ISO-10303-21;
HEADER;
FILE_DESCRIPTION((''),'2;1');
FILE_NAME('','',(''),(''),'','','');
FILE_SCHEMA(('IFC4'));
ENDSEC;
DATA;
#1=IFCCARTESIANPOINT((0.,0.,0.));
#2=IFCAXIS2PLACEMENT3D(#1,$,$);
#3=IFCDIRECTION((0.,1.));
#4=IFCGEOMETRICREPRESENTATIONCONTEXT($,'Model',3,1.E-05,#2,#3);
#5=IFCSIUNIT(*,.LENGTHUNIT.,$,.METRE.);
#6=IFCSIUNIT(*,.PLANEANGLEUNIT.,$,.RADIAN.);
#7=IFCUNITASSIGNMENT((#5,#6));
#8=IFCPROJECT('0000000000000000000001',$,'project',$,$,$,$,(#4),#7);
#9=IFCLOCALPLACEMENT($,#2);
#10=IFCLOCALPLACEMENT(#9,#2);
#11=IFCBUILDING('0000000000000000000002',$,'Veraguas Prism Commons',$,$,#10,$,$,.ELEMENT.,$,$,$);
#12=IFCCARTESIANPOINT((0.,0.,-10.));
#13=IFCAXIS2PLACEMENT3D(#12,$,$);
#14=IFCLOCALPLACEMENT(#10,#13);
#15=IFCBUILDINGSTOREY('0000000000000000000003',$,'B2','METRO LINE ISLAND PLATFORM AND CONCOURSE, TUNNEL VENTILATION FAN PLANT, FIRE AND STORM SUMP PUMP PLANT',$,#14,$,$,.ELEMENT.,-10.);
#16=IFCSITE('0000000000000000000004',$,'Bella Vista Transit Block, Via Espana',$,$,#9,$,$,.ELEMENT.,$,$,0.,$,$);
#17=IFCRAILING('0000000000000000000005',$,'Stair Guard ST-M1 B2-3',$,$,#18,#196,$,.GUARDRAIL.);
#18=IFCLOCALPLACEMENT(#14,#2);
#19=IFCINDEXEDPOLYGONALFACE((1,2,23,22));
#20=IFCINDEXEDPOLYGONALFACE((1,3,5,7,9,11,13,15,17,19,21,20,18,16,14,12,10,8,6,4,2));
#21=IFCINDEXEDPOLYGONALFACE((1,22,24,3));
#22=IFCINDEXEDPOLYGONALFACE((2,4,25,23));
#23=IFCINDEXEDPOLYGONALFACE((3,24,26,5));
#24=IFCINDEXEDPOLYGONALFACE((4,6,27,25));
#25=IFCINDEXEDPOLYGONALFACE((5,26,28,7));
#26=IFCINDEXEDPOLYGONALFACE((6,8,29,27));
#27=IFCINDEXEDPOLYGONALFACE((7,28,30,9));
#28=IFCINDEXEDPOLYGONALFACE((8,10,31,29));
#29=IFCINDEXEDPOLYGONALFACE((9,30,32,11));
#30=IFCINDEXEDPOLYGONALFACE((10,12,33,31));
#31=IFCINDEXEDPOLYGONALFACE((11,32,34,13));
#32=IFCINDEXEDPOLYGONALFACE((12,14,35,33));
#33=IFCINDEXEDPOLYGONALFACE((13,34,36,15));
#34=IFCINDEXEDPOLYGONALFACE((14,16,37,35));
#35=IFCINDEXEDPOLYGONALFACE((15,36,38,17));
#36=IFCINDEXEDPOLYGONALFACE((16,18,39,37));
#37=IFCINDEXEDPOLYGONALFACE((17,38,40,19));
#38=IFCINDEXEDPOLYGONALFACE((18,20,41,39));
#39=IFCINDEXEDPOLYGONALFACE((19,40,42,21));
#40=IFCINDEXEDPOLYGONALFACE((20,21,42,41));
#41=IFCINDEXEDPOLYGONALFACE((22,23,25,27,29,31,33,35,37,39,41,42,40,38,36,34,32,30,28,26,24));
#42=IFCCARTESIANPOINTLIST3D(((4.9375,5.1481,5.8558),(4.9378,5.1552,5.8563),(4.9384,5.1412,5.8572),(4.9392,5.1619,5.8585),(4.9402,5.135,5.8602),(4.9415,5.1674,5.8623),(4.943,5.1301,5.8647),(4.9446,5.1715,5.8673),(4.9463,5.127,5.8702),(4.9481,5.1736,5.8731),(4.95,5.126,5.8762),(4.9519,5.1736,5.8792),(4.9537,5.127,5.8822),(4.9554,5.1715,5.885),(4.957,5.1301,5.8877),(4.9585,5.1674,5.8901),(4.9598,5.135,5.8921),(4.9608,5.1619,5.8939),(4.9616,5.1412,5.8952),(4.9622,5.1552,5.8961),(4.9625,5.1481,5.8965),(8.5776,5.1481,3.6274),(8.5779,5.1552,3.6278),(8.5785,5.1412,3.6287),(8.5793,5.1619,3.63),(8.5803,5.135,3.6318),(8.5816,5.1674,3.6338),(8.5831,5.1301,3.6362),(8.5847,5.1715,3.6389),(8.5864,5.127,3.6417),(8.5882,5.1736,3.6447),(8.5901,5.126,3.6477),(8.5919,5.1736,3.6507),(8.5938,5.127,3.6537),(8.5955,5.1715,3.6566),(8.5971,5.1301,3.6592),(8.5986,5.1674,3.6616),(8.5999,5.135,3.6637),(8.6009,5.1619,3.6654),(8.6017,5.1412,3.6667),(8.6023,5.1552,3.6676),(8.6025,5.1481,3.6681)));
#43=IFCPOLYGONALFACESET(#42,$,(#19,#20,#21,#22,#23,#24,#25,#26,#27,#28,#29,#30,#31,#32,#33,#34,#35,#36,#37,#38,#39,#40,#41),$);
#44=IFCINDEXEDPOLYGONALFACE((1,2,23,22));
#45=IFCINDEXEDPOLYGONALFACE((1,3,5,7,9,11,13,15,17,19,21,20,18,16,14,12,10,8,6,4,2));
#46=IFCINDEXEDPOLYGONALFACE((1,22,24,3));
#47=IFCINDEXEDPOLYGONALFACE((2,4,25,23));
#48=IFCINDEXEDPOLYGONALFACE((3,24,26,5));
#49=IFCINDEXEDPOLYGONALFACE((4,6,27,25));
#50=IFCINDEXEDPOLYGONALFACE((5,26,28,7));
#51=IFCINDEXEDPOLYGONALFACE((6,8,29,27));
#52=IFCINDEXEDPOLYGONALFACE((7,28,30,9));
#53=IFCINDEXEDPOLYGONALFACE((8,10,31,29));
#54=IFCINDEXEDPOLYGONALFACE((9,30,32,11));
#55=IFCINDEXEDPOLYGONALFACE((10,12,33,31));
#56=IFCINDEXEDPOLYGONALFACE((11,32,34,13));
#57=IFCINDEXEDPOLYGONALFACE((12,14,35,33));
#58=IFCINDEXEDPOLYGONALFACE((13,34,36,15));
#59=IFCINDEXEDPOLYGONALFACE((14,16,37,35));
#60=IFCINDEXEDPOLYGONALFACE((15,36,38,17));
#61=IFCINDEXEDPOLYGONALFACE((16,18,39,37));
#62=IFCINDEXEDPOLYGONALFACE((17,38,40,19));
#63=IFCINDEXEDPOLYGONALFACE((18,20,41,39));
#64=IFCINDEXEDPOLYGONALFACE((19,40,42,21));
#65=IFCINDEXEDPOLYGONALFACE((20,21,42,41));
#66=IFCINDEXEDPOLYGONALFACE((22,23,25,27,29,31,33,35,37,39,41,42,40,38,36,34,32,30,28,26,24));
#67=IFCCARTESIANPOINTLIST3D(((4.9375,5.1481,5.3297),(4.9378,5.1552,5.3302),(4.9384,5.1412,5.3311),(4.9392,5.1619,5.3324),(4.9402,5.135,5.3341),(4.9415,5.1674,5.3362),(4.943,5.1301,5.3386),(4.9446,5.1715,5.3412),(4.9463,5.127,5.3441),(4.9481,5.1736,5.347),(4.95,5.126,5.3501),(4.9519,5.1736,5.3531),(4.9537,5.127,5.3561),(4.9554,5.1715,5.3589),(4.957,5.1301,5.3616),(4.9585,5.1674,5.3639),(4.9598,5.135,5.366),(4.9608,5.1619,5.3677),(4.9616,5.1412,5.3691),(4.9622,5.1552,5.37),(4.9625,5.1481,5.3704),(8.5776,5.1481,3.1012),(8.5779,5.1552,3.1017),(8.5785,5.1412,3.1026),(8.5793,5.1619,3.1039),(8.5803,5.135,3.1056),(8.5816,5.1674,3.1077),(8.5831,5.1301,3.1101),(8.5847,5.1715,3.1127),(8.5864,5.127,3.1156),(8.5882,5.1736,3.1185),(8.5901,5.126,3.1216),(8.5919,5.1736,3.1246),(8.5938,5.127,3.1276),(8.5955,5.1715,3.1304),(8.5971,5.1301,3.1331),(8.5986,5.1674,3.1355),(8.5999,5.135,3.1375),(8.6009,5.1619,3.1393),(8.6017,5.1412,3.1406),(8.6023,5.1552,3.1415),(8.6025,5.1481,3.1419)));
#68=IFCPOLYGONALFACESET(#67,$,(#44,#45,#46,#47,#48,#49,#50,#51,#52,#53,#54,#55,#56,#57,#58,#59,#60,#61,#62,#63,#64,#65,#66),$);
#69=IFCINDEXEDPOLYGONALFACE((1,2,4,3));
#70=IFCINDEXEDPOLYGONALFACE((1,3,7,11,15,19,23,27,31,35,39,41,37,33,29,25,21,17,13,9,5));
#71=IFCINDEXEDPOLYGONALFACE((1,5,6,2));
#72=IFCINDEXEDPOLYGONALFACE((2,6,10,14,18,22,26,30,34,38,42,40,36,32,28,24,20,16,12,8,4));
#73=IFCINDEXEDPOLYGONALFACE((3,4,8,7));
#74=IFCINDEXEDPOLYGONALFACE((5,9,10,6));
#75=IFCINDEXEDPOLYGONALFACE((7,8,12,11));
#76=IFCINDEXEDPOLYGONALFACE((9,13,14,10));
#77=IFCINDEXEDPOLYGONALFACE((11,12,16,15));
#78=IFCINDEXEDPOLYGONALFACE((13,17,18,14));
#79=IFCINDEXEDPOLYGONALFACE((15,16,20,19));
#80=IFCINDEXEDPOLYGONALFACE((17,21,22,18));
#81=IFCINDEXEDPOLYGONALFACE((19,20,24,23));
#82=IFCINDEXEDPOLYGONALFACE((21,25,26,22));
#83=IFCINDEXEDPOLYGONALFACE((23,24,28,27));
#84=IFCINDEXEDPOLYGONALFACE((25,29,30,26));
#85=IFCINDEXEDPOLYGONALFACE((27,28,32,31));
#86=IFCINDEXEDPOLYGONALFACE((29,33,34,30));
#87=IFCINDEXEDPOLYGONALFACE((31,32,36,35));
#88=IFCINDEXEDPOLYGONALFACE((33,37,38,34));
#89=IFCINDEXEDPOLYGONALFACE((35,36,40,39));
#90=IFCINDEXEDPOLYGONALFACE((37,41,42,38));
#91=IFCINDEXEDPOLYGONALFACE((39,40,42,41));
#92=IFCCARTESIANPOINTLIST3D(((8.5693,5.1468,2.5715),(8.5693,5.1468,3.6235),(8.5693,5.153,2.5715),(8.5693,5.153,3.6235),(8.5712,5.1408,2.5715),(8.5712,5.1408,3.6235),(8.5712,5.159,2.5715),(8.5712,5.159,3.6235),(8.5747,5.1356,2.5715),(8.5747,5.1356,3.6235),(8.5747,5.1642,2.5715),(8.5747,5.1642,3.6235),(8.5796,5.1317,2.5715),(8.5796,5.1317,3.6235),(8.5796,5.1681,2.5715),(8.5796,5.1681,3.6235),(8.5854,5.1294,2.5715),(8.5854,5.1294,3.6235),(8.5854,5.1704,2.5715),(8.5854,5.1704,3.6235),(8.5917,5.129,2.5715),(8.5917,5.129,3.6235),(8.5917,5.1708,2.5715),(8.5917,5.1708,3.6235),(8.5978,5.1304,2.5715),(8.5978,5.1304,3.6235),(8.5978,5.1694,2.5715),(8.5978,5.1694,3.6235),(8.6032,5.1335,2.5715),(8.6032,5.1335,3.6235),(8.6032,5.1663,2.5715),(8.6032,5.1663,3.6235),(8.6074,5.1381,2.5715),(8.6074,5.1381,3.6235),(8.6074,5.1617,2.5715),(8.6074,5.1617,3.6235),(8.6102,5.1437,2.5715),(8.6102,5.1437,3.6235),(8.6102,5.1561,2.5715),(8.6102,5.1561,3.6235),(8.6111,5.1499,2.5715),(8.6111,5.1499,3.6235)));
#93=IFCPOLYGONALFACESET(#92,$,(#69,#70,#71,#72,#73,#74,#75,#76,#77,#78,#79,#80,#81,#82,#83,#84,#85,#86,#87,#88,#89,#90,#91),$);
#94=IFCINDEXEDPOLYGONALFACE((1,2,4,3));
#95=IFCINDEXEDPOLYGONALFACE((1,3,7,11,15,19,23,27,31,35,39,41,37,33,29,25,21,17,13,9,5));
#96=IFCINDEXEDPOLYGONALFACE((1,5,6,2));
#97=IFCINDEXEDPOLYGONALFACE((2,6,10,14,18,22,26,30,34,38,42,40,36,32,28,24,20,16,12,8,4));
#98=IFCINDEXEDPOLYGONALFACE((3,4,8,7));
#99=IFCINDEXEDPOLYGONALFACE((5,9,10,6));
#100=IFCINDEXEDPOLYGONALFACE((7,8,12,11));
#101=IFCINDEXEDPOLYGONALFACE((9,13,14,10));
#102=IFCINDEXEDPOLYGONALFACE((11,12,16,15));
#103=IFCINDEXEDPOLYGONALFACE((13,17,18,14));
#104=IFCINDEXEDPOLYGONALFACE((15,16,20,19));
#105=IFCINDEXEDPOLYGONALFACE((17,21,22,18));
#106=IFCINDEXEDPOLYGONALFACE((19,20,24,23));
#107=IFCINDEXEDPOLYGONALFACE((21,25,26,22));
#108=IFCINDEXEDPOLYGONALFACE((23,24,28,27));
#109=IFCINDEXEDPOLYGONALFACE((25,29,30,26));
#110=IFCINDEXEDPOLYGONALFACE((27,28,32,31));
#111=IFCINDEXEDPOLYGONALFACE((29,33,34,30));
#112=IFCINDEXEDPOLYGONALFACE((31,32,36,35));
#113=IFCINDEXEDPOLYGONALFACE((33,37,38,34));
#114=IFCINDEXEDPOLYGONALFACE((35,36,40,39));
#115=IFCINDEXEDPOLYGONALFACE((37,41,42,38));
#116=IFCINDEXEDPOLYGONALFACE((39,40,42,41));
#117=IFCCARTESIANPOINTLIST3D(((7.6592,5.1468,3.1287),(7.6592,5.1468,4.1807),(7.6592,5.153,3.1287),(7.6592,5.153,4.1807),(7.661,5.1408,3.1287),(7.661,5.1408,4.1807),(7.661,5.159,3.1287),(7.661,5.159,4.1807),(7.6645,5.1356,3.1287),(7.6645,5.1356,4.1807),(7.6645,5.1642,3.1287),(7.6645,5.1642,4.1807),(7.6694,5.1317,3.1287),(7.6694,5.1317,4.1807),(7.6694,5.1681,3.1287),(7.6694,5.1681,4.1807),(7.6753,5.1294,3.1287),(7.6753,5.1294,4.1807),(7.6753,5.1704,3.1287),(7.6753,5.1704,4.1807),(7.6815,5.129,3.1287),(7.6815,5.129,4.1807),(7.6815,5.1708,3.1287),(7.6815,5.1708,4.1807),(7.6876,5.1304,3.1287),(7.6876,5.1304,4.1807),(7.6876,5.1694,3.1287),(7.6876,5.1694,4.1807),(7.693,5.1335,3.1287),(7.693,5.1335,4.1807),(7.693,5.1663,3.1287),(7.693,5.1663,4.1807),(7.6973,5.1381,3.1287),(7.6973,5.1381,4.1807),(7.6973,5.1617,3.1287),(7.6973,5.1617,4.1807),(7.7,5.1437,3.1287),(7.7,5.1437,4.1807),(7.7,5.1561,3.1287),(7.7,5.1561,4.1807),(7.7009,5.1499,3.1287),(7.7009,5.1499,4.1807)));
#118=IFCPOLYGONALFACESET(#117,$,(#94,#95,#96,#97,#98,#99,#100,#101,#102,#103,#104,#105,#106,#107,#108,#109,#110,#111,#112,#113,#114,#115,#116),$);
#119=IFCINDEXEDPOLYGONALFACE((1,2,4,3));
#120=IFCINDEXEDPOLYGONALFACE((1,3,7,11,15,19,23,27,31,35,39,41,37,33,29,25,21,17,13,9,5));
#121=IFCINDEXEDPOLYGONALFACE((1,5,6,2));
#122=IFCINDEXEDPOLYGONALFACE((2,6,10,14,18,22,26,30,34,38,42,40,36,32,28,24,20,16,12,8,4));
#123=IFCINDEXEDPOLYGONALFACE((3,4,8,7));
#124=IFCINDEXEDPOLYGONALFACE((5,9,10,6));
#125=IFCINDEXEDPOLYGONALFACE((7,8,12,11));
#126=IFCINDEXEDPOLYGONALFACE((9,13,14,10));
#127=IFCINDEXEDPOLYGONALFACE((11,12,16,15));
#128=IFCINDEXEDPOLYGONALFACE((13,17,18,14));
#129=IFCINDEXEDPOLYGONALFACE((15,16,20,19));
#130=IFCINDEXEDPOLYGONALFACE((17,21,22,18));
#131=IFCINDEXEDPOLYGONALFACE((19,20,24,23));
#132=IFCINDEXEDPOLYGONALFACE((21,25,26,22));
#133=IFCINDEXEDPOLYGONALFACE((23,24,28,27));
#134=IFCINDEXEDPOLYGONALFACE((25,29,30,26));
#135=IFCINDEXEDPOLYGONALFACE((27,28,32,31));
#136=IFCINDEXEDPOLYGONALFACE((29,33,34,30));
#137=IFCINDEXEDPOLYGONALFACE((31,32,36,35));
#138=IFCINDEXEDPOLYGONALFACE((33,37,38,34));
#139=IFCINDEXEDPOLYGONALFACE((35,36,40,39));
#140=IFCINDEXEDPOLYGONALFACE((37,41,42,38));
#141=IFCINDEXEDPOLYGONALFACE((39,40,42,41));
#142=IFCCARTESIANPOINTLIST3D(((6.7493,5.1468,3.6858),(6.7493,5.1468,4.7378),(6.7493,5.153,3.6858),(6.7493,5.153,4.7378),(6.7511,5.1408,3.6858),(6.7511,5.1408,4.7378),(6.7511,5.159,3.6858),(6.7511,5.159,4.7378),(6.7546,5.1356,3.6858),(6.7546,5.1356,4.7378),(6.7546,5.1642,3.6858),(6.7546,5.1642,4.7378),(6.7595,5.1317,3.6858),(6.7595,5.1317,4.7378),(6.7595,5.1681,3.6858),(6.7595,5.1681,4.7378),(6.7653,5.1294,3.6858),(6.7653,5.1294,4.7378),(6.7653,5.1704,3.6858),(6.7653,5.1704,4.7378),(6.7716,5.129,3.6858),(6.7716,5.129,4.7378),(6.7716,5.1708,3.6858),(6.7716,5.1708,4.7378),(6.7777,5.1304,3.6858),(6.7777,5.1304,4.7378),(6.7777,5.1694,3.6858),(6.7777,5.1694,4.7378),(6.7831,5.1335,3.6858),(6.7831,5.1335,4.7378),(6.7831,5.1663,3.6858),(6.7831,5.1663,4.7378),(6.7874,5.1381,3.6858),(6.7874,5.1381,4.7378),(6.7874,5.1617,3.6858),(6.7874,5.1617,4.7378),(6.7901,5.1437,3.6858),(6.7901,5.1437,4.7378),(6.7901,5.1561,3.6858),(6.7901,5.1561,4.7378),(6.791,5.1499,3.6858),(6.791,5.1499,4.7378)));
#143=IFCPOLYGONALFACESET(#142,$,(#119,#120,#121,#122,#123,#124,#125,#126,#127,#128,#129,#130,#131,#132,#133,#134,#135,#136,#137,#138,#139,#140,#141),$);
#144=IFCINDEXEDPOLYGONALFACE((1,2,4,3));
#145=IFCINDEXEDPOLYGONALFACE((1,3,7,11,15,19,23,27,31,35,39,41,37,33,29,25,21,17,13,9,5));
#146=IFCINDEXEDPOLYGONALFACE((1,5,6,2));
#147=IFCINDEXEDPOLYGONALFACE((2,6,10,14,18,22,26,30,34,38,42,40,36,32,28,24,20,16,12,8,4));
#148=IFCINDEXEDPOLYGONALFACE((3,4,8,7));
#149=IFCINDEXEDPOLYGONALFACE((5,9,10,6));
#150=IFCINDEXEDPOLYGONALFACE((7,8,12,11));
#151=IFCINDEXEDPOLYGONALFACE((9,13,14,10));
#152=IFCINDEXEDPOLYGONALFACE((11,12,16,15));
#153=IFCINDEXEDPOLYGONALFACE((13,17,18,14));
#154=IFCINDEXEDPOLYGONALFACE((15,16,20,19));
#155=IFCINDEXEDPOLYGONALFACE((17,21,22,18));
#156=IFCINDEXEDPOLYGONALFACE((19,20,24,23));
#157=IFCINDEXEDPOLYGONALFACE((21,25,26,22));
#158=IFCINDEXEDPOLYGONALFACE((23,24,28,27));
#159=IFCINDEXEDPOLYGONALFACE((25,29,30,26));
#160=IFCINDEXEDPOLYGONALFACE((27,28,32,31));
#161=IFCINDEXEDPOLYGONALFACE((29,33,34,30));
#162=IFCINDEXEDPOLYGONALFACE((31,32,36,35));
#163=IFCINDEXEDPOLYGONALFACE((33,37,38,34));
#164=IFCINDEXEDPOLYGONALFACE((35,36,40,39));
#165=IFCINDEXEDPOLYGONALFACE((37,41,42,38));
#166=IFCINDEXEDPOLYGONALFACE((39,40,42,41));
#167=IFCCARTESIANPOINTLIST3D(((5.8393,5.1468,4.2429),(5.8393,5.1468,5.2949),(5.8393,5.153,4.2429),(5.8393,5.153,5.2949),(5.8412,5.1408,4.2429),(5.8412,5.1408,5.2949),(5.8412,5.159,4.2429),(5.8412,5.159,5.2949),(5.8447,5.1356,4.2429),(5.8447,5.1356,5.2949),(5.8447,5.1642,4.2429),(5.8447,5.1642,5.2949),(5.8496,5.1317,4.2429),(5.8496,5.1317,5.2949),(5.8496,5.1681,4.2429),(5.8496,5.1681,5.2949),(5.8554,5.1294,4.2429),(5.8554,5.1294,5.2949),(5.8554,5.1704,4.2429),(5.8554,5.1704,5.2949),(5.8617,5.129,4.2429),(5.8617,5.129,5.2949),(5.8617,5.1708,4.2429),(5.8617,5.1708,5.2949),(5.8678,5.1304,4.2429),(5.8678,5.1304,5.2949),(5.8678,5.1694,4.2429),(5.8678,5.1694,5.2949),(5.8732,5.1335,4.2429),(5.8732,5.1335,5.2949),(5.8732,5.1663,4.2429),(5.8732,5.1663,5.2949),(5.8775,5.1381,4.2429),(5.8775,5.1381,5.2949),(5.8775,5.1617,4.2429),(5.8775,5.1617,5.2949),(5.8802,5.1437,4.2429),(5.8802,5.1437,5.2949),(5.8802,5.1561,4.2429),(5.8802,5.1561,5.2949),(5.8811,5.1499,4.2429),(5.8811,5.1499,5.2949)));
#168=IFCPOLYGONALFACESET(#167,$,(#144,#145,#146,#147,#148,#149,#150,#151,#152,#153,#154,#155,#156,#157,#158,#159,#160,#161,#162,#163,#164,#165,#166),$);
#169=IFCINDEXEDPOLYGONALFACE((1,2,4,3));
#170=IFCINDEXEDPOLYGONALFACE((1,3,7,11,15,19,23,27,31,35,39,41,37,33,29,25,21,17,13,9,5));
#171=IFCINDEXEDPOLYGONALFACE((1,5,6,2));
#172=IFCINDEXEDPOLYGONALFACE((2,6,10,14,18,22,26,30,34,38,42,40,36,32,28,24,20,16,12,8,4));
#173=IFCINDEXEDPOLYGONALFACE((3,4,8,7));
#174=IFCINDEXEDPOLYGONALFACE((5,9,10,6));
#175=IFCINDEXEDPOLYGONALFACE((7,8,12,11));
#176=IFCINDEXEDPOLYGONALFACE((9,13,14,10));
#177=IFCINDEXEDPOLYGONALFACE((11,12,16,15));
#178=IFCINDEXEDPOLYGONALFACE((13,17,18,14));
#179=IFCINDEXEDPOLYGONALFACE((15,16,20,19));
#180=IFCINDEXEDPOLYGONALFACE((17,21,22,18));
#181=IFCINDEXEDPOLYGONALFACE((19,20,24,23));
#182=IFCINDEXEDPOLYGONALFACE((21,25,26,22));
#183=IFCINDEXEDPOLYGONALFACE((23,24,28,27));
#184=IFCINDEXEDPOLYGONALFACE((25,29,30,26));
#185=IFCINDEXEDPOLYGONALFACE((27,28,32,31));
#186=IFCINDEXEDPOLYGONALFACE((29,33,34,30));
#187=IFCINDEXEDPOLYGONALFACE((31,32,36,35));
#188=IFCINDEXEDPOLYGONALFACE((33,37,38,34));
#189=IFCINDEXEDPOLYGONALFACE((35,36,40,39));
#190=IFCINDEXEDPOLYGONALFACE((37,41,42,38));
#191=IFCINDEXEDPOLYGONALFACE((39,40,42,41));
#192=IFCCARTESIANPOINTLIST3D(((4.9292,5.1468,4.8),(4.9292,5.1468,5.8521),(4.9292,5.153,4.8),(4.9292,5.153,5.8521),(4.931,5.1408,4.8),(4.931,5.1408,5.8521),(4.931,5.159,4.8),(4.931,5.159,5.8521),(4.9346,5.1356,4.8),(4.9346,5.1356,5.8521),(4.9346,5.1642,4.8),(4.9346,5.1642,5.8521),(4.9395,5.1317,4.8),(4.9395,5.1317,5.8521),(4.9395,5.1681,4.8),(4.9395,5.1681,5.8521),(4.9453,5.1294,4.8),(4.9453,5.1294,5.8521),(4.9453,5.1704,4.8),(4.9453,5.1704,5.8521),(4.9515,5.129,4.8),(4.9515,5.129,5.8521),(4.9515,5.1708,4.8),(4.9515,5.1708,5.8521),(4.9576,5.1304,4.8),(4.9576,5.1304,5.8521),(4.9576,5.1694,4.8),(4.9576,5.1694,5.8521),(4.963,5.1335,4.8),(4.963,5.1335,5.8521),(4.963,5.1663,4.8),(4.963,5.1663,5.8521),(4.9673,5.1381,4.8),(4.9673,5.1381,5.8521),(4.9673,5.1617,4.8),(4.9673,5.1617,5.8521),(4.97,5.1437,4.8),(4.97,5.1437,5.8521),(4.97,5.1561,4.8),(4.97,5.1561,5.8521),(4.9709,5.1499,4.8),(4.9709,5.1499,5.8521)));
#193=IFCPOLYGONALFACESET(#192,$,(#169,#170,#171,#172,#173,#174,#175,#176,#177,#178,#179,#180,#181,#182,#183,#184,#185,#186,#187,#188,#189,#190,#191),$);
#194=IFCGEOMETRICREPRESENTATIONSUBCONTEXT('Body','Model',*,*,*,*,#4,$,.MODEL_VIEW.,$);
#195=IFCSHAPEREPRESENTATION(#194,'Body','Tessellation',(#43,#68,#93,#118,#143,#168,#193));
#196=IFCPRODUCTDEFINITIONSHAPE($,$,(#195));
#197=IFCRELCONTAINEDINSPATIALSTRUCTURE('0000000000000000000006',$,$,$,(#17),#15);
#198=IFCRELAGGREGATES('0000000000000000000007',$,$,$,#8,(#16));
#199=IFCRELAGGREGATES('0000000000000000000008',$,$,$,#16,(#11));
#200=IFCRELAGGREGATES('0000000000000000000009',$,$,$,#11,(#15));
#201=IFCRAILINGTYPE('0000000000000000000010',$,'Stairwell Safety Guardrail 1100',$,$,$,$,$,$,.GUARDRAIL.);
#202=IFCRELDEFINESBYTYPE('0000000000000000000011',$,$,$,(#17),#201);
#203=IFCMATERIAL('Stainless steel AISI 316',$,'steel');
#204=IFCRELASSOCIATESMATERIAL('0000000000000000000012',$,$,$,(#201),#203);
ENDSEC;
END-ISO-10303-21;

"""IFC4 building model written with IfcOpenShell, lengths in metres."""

from ifc_helpers import new_model, si_unit, direction, frame, origin, origin_2d, place, context, subcontext, project, spatial, circle, extrude, material, type_object, element, save


model = new_model("IFC4")

# Units and contexts
model_context = context("Model", 3, precision=1e-05, world=origin(), true_north=direction((0.0, 1.0)))
body_context = subcontext(model_context, "Body", "Model", "MODEL_VIEW")
ifc_project = project(units=[si_unit("LENGTHUNIT", "METRE"), si_unit("PLANEANGLEUNIT", "RADIAN")], contexts=[model_context])

# Site, building, storey
site_placement = place(None, origin())
site = spatial("IfcSite", under=ifc_project, at=site_placement, Name="Bella Vista Transit Block, Via Espana", CompositionType="ELEMENT", RefElevation=0.0)
building_placement = place(site_placement, origin())
building = spatial("IfcBuilding", under=site, at=building_placement, Name="Veraguas Prism Commons", CompositionType="ELEMENT")
storey_placement = place(building_placement, frame((0.0, 0.0, -10.0)))
storey = spatial("IfcBuildingStorey", under=building, at=storey_placement, Name="B2", Description="METRO LINE ISLAND PLATFORM AND CONCOURSE, TUNNEL VENTILATION FAN PLANT, FIRE AND STORM SUMP PUMP PLANT", CompositionType="ELEMENT", Elevation=-10.0)

# Railing
ifc_material_1 = material(Name="Stainless steel AISI 316", Category="steel")
railing_type_1 = type_object("IfcRailingType", Name="Stairwell Safety Guardrail 1100", PredefinedType="GUARDRAIL", material=ifc_material_1)
railing_1_placement = place(storey_placement, frame((8.5901, 5.1499, 2.5715)))
element("IfcRailing", 1, at=railing_1_placement, inside=storey, type_object=railing_type_1, Name="Stair Guard ST-M1 B2-3", PredefinedType="GUARDRAIL", context=body_context, shape_type="SweptSolid", body=[
    extrude(circle(Radius=0.0239, at=origin_2d()), frame((0.0, 0.0, 1.0762), z_axis=(-0.852866, 0.0, 0.52213), x_axis=(0.0, -1.0, 0.0)), (0.0, 0.0, 1.0), 4.2681),
    extrude(circle(Radius=0.0239, at=origin_2d()), frame((0.0, 0.0, 0.55), z_axis=(-0.852866, 0.0, 0.52213), x_axis=(0.0, -1.0, 0.0)), (0.0, 0.0, 1.0), 4.2681),
    extrude(circle(Radius=0.021, at=origin_2d()), origin(), (0.0, 0.0, 1.0), 1.052),
    extrude(circle(Radius=0.021, at=origin_2d()), frame((-0.9102, 0.0, 0.5571)), (0.0, 0.0, 1.0), 1.052),
    extrude(circle(Radius=0.021, at=origin_2d()), frame((-1.8201, 0.0, 1.1143)), (0.0, 0.0, 1.0), 1.052),
    extrude(circle(Radius=0.021, at=origin_2d()), frame((-2.73, 0.0, 1.6714)), (0.0, 0.0, 1.0), 1.052),
    extrude(circle(Radius=0.021, at=origin_2d()), frame((-3.6401, 0.0, 2.2285)), (0.0, 0.0, 1.0), 1.052),
])

save(model, "model.ifc")
